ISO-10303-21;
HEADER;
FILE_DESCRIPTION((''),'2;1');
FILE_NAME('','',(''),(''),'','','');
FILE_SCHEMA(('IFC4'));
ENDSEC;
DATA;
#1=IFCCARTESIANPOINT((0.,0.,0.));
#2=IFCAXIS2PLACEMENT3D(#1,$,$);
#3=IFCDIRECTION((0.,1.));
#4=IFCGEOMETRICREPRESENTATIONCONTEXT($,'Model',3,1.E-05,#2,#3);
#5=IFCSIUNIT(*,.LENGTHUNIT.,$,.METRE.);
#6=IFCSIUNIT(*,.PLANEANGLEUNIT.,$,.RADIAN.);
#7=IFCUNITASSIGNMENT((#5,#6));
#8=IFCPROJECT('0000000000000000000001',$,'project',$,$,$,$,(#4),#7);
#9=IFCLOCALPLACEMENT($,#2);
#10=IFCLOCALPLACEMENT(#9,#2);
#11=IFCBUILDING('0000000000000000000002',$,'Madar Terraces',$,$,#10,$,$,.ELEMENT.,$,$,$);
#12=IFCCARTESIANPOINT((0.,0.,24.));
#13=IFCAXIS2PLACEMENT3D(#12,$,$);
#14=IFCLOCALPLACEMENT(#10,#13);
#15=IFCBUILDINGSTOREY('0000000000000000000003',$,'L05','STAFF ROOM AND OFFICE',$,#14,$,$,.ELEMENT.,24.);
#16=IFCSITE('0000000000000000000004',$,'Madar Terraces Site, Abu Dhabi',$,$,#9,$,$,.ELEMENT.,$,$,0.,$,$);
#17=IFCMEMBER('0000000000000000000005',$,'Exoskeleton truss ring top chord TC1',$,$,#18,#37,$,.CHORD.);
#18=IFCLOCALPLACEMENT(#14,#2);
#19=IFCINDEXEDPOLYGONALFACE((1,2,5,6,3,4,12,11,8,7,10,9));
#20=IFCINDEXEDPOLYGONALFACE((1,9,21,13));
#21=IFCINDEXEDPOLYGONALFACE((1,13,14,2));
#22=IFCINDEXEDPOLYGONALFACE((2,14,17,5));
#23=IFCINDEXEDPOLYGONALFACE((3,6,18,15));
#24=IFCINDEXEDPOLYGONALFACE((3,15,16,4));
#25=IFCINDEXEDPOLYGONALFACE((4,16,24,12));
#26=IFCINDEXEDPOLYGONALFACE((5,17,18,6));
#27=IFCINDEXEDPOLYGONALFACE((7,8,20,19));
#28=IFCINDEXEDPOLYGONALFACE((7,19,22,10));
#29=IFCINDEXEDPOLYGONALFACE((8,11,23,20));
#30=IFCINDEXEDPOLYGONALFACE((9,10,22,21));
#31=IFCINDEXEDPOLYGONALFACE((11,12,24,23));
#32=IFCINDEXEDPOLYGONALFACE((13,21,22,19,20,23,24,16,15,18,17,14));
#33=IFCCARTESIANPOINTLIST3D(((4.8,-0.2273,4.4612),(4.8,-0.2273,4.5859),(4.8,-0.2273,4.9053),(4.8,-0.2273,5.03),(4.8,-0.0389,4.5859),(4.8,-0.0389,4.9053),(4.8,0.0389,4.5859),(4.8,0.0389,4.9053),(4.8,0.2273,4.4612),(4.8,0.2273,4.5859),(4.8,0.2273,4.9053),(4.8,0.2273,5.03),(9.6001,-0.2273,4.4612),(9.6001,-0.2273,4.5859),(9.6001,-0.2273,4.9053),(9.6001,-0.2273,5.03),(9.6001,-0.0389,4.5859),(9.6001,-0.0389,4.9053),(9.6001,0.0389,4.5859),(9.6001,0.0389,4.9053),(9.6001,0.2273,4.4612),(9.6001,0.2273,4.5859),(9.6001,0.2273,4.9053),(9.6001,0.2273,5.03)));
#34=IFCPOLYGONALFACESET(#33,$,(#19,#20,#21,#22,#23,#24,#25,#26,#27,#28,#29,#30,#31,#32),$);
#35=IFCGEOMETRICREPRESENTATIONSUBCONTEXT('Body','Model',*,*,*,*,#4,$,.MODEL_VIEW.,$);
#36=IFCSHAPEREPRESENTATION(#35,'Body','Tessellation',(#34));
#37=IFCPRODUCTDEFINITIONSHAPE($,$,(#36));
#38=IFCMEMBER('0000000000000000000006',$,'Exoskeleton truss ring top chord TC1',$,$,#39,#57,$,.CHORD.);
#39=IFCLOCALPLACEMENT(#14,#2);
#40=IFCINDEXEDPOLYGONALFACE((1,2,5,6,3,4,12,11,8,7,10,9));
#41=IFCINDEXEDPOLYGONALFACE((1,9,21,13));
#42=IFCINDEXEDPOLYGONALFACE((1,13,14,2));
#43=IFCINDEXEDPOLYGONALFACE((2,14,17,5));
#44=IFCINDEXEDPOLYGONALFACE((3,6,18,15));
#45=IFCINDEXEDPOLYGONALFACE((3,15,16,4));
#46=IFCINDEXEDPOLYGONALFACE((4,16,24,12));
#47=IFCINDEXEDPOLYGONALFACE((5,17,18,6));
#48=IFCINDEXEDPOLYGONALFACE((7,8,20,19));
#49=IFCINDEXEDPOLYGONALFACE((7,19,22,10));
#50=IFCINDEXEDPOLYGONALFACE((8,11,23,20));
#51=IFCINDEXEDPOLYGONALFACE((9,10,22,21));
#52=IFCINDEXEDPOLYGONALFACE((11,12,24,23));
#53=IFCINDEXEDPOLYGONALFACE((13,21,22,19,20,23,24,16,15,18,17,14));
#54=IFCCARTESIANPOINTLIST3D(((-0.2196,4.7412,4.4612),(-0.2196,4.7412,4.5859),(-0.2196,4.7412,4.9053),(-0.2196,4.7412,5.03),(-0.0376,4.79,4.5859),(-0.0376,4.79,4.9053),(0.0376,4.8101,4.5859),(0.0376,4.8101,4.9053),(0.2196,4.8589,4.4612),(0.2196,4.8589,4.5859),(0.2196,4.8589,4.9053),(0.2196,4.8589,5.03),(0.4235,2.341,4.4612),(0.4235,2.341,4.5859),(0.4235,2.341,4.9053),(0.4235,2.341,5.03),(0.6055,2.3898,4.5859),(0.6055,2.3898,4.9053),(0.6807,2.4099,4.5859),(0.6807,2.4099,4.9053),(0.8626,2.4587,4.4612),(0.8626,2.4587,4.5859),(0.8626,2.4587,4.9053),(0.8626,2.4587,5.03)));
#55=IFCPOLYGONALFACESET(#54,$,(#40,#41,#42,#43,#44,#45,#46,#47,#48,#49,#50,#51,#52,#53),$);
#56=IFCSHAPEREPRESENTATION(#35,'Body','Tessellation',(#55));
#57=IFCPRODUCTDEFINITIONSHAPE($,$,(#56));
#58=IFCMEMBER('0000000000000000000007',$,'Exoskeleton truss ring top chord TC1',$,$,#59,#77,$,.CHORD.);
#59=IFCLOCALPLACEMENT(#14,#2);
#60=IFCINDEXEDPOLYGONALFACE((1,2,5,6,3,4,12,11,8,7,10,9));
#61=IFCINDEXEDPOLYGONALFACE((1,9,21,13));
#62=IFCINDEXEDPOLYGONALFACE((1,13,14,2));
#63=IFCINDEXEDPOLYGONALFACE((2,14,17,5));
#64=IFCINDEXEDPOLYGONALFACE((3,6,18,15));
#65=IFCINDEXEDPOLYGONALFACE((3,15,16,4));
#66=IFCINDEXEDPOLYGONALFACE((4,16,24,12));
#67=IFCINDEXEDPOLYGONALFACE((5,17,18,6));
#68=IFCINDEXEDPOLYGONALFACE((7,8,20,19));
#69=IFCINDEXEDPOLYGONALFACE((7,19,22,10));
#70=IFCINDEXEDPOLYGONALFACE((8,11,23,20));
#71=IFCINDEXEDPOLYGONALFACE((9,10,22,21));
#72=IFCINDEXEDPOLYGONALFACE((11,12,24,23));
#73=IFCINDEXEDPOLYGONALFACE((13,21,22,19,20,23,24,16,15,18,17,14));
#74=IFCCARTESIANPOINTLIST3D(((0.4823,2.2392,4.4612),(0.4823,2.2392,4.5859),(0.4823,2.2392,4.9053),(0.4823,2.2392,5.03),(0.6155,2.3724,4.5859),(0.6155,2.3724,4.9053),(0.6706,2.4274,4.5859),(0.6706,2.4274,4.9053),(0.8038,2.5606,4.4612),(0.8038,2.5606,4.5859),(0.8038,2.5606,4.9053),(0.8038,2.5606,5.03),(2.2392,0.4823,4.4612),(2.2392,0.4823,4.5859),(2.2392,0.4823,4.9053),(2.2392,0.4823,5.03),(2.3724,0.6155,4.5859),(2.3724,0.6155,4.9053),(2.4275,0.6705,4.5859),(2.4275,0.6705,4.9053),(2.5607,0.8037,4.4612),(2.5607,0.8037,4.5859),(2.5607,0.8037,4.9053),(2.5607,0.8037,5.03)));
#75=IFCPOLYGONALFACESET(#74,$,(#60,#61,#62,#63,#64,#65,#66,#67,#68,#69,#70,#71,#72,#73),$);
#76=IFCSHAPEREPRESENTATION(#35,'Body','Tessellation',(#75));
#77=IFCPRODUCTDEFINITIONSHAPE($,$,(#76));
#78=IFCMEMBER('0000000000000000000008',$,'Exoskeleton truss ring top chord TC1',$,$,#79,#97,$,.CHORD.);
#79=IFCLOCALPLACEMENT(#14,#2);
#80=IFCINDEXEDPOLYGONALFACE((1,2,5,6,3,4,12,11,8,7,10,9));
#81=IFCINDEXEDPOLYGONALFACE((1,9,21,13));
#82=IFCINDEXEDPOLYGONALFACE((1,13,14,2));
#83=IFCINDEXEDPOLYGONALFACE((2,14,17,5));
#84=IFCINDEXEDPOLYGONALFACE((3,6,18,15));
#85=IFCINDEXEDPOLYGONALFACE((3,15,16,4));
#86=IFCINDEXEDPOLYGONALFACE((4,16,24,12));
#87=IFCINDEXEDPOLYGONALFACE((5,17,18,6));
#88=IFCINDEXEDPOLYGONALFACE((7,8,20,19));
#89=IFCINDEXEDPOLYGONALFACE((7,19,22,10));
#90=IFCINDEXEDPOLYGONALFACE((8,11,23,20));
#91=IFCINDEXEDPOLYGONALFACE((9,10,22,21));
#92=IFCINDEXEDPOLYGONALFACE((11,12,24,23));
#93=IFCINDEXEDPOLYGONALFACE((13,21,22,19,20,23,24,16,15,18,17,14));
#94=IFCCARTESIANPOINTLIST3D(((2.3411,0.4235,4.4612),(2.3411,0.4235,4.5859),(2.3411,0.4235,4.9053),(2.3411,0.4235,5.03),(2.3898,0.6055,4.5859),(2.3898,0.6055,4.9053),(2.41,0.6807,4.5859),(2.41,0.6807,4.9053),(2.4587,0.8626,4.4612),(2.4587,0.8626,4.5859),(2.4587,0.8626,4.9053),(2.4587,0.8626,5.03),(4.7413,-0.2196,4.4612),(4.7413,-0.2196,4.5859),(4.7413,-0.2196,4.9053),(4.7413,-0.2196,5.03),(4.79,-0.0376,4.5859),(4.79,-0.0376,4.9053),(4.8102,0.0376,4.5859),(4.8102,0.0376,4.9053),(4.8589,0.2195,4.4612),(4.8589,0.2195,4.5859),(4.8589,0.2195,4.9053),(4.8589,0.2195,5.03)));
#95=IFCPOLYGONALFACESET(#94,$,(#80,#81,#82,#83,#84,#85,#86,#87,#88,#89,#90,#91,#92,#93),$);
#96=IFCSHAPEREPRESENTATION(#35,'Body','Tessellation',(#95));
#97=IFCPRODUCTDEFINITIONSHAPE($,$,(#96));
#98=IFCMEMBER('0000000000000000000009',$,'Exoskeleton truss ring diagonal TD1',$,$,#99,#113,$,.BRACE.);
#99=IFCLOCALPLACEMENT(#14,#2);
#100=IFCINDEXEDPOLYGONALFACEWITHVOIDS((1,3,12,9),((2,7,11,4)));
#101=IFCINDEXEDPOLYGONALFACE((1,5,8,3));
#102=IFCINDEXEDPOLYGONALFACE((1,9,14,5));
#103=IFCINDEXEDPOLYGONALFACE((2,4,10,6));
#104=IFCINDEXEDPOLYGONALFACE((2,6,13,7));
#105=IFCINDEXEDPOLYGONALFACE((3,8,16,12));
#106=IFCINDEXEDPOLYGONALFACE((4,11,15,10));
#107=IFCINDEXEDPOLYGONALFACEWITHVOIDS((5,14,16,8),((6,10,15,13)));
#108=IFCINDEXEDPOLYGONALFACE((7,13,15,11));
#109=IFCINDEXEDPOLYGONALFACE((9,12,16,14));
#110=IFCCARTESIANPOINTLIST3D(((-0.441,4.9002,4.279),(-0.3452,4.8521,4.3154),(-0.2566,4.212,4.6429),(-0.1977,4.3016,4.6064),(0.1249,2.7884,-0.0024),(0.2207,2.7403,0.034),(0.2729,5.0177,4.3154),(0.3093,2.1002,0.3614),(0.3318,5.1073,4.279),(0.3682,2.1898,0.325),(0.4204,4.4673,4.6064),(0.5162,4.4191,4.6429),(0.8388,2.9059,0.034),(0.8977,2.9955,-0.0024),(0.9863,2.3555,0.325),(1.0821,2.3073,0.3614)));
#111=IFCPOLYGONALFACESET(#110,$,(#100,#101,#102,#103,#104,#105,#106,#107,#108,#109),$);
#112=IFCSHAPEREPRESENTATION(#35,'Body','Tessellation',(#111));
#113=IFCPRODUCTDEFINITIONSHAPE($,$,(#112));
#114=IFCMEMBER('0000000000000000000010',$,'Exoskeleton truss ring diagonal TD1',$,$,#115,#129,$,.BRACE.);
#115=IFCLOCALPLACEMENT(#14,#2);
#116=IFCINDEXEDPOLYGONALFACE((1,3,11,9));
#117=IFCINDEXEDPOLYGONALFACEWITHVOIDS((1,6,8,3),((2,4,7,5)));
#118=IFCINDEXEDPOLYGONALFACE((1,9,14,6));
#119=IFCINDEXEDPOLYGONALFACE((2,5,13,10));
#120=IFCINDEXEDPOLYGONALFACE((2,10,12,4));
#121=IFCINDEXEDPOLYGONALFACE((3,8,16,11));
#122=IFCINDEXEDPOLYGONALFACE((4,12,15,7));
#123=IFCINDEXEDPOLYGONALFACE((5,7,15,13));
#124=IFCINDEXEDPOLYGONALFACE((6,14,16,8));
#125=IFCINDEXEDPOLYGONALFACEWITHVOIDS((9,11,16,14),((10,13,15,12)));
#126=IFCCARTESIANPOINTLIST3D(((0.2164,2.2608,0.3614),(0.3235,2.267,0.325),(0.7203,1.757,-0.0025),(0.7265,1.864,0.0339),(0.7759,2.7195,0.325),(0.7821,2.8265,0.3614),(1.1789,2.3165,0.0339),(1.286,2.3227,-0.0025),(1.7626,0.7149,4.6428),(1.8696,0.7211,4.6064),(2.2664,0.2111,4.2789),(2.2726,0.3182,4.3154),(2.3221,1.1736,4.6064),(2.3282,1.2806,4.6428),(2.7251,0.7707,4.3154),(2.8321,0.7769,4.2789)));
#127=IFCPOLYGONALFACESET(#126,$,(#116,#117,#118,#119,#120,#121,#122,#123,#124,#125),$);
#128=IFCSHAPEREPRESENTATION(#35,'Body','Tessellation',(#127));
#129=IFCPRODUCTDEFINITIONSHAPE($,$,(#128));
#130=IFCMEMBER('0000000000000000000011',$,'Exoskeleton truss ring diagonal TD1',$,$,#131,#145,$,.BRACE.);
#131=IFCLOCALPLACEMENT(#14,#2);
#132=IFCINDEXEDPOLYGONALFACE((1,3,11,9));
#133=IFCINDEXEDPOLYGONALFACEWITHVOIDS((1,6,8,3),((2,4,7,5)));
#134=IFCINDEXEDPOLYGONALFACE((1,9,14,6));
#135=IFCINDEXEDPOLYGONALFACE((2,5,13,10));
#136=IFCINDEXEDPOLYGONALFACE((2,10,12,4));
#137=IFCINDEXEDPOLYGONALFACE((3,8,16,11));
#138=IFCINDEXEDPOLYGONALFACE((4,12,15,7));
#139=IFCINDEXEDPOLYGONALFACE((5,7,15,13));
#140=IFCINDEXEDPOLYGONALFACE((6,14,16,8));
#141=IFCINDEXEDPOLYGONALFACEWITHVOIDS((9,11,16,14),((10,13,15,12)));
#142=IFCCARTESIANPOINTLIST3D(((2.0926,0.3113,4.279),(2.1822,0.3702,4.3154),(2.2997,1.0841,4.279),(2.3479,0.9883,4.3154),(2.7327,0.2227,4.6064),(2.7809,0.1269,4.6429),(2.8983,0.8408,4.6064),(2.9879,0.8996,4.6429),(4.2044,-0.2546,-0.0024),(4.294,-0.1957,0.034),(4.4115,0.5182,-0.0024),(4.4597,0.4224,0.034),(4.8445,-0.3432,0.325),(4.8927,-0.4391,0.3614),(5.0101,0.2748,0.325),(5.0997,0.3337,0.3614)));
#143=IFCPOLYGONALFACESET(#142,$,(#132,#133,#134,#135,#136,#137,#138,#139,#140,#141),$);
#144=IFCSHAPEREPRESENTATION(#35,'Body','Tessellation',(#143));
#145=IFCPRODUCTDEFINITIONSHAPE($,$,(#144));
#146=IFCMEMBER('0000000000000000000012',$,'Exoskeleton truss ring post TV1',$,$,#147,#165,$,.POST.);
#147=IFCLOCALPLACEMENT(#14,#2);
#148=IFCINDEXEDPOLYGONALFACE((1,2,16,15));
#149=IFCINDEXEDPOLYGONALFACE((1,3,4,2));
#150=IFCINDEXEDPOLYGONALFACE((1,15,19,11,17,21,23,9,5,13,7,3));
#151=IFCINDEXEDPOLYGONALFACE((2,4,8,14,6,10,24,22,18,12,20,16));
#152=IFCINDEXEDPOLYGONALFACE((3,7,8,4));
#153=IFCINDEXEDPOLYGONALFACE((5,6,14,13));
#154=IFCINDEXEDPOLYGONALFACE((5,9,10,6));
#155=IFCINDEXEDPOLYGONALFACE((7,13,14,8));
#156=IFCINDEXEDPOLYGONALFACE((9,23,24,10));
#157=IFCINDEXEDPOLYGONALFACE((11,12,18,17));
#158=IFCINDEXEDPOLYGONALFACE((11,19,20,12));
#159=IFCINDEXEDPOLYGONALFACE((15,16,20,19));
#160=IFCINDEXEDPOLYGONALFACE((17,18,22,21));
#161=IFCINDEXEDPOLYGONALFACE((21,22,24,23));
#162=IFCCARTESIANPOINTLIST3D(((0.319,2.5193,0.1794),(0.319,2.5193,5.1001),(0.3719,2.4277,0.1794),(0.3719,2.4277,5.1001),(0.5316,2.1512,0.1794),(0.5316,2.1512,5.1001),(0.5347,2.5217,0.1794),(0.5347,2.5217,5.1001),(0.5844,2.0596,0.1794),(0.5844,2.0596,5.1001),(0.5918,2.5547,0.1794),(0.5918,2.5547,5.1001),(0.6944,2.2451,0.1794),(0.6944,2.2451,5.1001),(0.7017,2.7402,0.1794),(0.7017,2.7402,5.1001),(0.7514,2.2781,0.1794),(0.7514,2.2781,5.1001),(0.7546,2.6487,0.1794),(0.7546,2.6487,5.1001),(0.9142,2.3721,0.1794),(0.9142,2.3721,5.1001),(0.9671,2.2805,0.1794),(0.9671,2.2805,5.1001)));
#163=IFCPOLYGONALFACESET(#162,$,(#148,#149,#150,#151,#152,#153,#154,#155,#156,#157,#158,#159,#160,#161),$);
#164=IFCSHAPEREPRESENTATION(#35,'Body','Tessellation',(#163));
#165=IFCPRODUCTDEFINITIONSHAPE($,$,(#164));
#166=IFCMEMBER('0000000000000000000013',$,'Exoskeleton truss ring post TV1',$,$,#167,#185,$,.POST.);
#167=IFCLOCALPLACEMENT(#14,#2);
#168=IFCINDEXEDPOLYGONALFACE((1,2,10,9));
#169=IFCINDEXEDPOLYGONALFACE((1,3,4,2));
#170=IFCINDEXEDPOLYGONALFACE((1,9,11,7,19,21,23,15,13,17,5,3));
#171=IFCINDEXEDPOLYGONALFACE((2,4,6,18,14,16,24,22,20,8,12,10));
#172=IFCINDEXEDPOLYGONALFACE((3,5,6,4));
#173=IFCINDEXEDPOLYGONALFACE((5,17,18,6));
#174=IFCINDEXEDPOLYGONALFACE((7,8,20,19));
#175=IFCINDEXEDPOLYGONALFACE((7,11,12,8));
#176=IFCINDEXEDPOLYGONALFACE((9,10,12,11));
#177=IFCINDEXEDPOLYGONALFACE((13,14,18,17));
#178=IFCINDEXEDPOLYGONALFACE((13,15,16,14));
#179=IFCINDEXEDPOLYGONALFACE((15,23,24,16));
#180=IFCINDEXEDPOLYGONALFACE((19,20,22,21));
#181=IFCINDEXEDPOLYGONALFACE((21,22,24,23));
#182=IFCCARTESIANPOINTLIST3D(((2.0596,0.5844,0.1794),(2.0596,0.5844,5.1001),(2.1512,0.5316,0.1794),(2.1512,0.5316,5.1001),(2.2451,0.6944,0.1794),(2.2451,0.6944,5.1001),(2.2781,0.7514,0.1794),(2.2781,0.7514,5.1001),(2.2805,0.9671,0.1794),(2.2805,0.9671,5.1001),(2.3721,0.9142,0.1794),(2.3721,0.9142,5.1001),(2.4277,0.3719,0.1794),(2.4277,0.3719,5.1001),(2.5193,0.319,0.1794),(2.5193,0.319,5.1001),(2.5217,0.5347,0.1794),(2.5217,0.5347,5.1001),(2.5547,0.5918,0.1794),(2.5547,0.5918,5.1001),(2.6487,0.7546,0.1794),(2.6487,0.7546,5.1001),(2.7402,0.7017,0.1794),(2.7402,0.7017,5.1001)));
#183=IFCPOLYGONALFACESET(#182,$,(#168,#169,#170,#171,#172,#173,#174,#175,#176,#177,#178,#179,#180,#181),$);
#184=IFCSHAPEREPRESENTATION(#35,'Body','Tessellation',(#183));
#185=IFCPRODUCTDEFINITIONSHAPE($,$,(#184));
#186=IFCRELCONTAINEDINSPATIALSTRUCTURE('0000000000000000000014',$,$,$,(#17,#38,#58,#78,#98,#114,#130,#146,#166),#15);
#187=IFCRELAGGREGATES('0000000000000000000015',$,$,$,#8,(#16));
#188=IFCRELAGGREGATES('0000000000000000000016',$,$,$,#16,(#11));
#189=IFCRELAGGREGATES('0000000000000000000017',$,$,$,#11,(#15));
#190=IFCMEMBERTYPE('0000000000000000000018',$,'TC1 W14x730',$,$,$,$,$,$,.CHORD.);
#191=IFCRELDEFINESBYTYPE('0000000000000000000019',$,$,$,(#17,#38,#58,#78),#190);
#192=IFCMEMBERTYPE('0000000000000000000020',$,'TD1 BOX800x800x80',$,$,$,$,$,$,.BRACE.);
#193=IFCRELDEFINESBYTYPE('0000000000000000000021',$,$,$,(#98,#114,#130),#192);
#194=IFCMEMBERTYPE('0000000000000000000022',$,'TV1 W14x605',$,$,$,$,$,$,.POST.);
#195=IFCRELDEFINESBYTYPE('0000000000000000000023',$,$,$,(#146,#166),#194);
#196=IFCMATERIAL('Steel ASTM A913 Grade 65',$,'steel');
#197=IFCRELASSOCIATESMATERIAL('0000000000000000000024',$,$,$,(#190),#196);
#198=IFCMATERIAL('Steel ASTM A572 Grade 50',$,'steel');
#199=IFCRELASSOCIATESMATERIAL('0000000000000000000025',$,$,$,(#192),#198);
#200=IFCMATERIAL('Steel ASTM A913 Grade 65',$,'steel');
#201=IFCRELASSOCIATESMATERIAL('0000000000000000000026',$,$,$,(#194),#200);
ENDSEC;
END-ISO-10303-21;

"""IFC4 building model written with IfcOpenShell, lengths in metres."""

from ifc_helpers import new_model, si_unit, direction, frame, origin, origin_2d, place, context, subcontext, project, spatial, hollow_rectangle, i_section, extrude, material, material_profile, profile_set, type_object, element, save


model = new_model("IFC4")

# Units and contexts
model_context = context("Model", 3, precision=1e-05, world=origin(), true_north=direction((0.0, 1.0)))
body_context = subcontext(model_context, "Body", "Model", "MODEL_VIEW")
ifc_project = project(units=[si_unit("LENGTHUNIT", "METRE"), si_unit("PLANEANGLEUNIT", "RADIAN")], contexts=[model_context])

# Site, building, storey
site_placement = place(None, origin())
site = spatial("IfcSite", under=ifc_project, at=site_placement, Name="Madar Terraces Site, Abu Dhabi", CompositionType="ELEMENT", RefElevation=0.0)
building_placement = place(site_placement, origin())
building = spatial("IfcBuilding", under=site, at=building_placement, Name="Madar Terraces", CompositionType="ELEMENT")
storey_placement = place(building_placement, frame((0.0, 0.0, 24.0)))
storey = spatial("IfcBuildingStorey", under=building, at=storey_placement, Name="L05", Description="STAFF ROOM AND OFFICE", CompositionType="ELEMENT", Elevation=24.0)

# Members
ifc_material_1 = material(Name="Steel ASTM A913 Grade 65", Category="steel")
ifc_material_profile_1 = material_profile(ifc_material_1, i_section(OverallWidth=0.4546, OverallDepth=0.5688, WebThickness=0.0779, FlangeThickness=0.1248, at=origin_2d()), Name="W14x730")
ifc_profile_set_1 = profile_set([ifc_material_profile_1], Name="Steel ASTM A913 Grade 65")
member_type_1 = type_object("IfcMemberType", Name="TC1 W14x730", PredefinedType="CHORD", material=ifc_profile_set_1)
member_1_placement = place(storey_placement, frame((4.8, 0.0, 4.7456), z_axis=(1.0, 0.0, 0.0), x_axis=(0.0, 1.0, 0.0)))
element("IfcMember", 1, at=member_1_placement, inside=storey, type_object=member_type_1, Name="Exoskeleton truss ring top chord TC1", PredefinedType="CHORD", context=body_context, shape_type="SweptSolid", body=[
    extrude(i_section(OverallWidth=0.4546, OverallDepth=0.5688, WebThickness=0.0779, FlangeThickness=0.1248, at=origin_2d()), origin(), (0.0, 0.0, 1.0), 4.8),
])
member_2_placement = place(storey_placement, frame((0.0, 4.8, 4.7456), z_axis=(0.2588, -0.965931, 0.0), x_axis=(0.965931, 0.2588, 0.0)))
element("IfcMember", 2, at=member_2_placement, inside=storey, type_object=member_type_1, Name="Exoskeleton truss ring top chord TC1", PredefinedType="CHORD", context=body_context, shape_type="SweptSolid", body=[
    extrude(i_section(OverallWidth=0.4546, OverallDepth=0.5688, WebThickness=0.0779, FlangeThickness=0.1248, at=origin_2d()), origin(), (0.0, 0.0, 1.0), 2.4849),
])
member_3_placement = place(storey_placement, frame((0.6431, 2.3999, 4.7456), z_axis=(0.707107, -0.707107, 0.0), x_axis=(0.707107, 0.707107, 0.0)))
element("IfcMember", 3, at=member_3_placement, inside=storey, type_object=member_type_1, Name="Exoskeleton truss ring top chord TC1", PredefinedType="CHORD", context=body_context, shape_type="SweptSolid", body=[
    extrude(i_section(OverallWidth=0.4546, OverallDepth=0.5688, WebThickness=0.0779, FlangeThickness=0.1248, at=origin_2d()), origin(), (0.0, 0.0, 1.0), 2.4846),
])
member_4_placement = place(storey_placement, frame((2.3999, 0.6431, 4.7456), z_axis=(0.965931, -0.2588, 0.0), x_axis=(0.2588, 0.965931, 0.0)))
element("IfcMember", 4, at=member_4_placement, inside=storey, type_object=member_type_1, Name="Exoskeleton truss ring top chord TC1", PredefinedType="CHORD", context=body_context, shape_type="SweptSolid", body=[
    extrude(i_section(OverallWidth=0.4546, OverallDepth=0.5688, WebThickness=0.0779, FlangeThickness=0.1248, at=origin_2d()), origin(), (0.0, 0.0, 1.0), 2.4849),
])
ifc_material_2 = material(Name="Steel ASTM A572 Grade 50", Category="steel")
ifc_material_profile_2 = material_profile(ifc_material_2, hollow_rectangle(XDim=0.8, YDim=0.8, WallThickness=0.0801, at=origin_2d()), Name="BOX800x800x80")
ifc_profile_set_2 = profile_set([ifc_material_profile_2], Name="Steel ASTM A572 Grade 50")
member_type_2 = type_object("IfcMemberType", Name="TD1 BOX800x800x80", PredefinedType="BRACE", material=ifc_profile_set_2)
for number, where, z_axis, x_axis, name in (
    (5, (0.0376, 4.6597, 4.4609), (0.117718, -0.439283, -0.890602), (0.965919, 0.258844, 0.0), "Exoskeleton truss ring diagonal TD1"),
    (6, (0.7512, 2.2917, 0.1794), (0.321614, -0.321563, 0.890596), (0.707051, 0.707163, 0.0), "Exoskeleton truss ring diagonal TD1"),
    (7, (2.5403, 0.6055, 4.4609), (0.439283, -0.117718, -0.890602), (0.258844, 0.965919, 0.0), "Exoskeleton truss ring diagonal TD1"),
):
    element("IfcMember", number, at=place(storey_placement, frame(where, z_axis=z_axis, x_axis=x_axis)), inside=storey, type_object=member_type_2, Name=name, PredefinedType="BRACE", context=body_context, shape_type="SweptSolid", body=[
        extrude(hollow_rectangle(XDim=0.8, YDim=0.8, WallThickness=0.0801, at=origin_2d()), origin(), (0.0, 0.0, 1.0), 4.8074),
    ])
ifc_material_3 = material(Name="Steel ASTM A913 Grade 65", Category="steel")
ifc_material_profile_3 = material_profile(ifc_material_3, i_section(OverallWidth=0.4419, OverallDepth=0.5308, WebThickness=0.0659, FlangeThickness=0.1057, at=origin_2d()), Name="W14x605")
ifc_profile_set_3 = profile_set([ifc_material_profile_3], Name="Steel ASTM A913 Grade 65")
member_type_3 = type_object("IfcMemberType", Name="TV1 W14x605", PredefinedType="POST", material=ifc_profile_set_3)
for number, where, z_axis, x_axis, name in (
    (8, (0.6431, 2.3999, 0.1794), (0.0, 0.0, 1.0), (0.866025, 0.5, 0.0), "Exoskeleton truss ring post TV1"),
    (9, (2.3999, 0.6431, 0.1794), (0.0, 0.0, 1.0), (0.5, 0.866025, 0.0), "Exoskeleton truss ring post TV1"),
):
    element("IfcMember", number, at=place(storey_placement, frame(where, z_axis=z_axis, x_axis=x_axis)), inside=storey, type_object=member_type_3, Name=name, PredefinedType="POST", context=body_context, shape_type="SweptSolid", body=[
        extrude(i_section(OverallWidth=0.4419, OverallDepth=0.5308, WebThickness=0.0659, FlangeThickness=0.1057, at=origin_2d()), origin(), (0.0, 0.0, 1.0), 4.9207),
    ])

save(model, "model.ifc")
